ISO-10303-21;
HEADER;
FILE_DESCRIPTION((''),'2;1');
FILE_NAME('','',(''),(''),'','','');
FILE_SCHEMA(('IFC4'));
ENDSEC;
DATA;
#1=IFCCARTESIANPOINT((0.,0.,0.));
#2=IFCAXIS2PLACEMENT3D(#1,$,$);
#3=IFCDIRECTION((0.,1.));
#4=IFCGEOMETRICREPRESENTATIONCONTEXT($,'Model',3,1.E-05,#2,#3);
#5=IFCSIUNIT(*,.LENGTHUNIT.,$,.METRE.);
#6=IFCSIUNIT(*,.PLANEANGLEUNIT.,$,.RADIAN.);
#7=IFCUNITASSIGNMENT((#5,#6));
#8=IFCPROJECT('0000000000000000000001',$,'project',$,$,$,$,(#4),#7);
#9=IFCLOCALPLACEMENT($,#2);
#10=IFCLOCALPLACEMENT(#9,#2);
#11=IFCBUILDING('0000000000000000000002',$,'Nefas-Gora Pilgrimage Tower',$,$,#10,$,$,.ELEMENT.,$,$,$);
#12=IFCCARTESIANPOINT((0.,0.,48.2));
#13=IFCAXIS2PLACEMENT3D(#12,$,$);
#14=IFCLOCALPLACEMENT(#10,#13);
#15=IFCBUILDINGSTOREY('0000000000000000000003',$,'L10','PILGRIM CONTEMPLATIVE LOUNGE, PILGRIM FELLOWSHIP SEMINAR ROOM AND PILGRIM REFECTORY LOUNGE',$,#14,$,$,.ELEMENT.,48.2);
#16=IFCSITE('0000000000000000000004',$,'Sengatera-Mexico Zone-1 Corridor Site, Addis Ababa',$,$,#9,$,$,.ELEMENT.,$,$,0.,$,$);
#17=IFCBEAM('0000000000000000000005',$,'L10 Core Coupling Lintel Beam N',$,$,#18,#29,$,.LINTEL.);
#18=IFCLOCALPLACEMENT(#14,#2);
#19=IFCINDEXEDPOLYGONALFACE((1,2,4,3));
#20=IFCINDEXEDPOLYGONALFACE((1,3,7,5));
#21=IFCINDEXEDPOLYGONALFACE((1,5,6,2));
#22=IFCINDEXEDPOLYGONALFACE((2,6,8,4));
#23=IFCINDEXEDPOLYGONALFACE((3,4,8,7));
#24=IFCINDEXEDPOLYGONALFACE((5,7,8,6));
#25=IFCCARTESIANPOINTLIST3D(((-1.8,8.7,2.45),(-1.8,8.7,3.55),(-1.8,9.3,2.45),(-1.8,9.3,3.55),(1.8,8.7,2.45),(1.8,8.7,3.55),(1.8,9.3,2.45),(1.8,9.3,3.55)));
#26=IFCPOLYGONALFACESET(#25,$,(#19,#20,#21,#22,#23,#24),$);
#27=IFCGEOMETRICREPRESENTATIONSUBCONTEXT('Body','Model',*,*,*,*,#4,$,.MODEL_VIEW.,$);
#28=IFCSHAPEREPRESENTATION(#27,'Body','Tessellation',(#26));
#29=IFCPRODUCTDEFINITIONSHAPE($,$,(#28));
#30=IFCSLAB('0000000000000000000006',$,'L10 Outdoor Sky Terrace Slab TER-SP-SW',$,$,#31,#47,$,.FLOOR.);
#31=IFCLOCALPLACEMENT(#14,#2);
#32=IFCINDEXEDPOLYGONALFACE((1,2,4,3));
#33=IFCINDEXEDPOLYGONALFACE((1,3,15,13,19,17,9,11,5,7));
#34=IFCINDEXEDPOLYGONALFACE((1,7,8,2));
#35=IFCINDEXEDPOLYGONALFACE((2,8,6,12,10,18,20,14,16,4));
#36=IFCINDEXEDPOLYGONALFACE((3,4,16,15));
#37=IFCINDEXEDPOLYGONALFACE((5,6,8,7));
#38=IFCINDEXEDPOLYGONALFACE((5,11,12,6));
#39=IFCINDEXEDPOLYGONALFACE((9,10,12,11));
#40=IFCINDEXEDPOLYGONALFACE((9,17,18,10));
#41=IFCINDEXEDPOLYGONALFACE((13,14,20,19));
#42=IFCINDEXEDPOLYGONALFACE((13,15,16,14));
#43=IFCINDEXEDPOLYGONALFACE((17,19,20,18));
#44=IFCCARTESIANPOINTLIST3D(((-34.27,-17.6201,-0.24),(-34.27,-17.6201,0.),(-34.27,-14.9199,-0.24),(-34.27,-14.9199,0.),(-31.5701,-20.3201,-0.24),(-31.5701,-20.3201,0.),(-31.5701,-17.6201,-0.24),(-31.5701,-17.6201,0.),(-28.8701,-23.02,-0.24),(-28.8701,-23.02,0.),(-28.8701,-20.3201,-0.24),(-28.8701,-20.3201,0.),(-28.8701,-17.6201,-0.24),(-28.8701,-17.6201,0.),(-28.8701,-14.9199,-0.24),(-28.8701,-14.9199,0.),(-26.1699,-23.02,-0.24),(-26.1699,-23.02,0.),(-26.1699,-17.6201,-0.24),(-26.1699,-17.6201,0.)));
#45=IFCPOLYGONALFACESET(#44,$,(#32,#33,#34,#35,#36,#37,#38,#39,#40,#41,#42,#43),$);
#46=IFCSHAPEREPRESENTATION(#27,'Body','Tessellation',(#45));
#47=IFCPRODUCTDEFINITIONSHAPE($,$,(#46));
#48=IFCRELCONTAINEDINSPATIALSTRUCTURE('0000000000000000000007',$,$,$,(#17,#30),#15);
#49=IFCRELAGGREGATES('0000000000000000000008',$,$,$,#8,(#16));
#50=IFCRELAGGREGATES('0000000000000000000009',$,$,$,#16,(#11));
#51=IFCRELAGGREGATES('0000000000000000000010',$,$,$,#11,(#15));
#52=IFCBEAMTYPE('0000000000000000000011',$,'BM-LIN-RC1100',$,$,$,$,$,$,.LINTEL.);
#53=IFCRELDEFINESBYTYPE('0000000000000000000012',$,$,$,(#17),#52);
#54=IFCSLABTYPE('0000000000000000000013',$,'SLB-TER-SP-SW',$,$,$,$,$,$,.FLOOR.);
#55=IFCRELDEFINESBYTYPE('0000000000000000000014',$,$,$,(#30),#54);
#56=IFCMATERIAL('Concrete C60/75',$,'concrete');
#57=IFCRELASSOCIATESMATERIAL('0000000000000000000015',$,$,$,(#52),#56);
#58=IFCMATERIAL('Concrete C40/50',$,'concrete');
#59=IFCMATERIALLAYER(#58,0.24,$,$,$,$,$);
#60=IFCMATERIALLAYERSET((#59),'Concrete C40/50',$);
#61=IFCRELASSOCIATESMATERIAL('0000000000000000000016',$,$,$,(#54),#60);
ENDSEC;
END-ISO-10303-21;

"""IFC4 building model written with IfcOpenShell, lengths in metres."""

from ifc_helpers import new_model, si_unit, direction, frame, origin, origin_2d, place, context, subcontext, project, spatial, polyline, rectangle, outline, extrude, source, transform, mapped, material, layer, layer_set, material_profile, profile_set, type_object, element, save


model = new_model("IFC4")

# Units and contexts
model_context = context("Model", 3, precision=1e-05, world=origin(), true_north=direction((0.0, 1.0)))
body_context = subcontext(model_context, "Body", "Model", "MODEL_VIEW")
ifc_project = project(units=[si_unit("LENGTHUNIT", "METRE"), si_unit("PLANEANGLEUNIT", "RADIAN")], contexts=[model_context])

# Site, building, storey
site_placement = place(None, origin())
site = spatial("IfcSite", under=ifc_project, at=site_placement, Name="Sengatera-Mexico Zone-1 Corridor Site, Addis Ababa", CompositionType="ELEMENT", RefElevation=0.0)
building_placement = place(site_placement, origin())
building = spatial("IfcBuilding", under=site, at=building_placement, Name="Nefas-Gora Pilgrimage Tower", CompositionType="ELEMENT")
storey_placement = place(building_placement, frame((0.0, 0.0, 48.2)))
storey = spatial("IfcBuildingStorey", under=building, at=storey_placement, Name="L10", Description="PILGRIM CONTEMPLATIVE LOUNGE, PILGRIM FELLOWSHIP SEMINAR ROOM AND PILGRIM REFECTORY LOUNGE", CompositionType="ELEMENT", Elevation=48.2)

# Beam
ifc_material_1 = material(Name="Concrete C60/75", Category="concrete")
ifc_material_profile = material_profile(ifc_material_1, rectangle(XDim=0.6001, YDim=1.1001, at=origin_2d()), Name="RC 600x1100")
ifc_profile_set = profile_set([ifc_material_profile], Name="Concrete C60/75")
beam_type = type_object("IfcBeamType", Name="BM-LIN-RC1100", PredefinedType="LINTEL", material=ifc_profile_set)
shared_shape_1 = source(origin(), body_context, "Body", "SweptSolid", [
    extrude(rectangle(XDim=0.6001, YDim=1.1001, at=origin_2d()), origin(), (0.0, 0.0, 1.0), 3.6001),
])
beam_placement = place(storey_placement, frame((-1.8, 9.0, 3.0), z_axis=(1.0, 0.0, 0.0), x_axis=(0.0, 1.0, 0.0)))
element("IfcBeam", 1, at=beam_placement, inside=storey, type_object=beam_type, Name="L10 Core Coupling Lintel Beam N", PredefinedType="LINTEL", context=body_context, shape_type="MappedRepresentation", body=[
    mapped(shared_shape_1, transform((0.0, 0.0, 0.0), x_axis=(1.0, 0.0, 0.0), y_axis=(0.0, 1.0, 0.0), z_axis=(0.0, 0.0, 1.0), scale=1.0)),
])

# Slab
ifc_material_2 = material(Name="Concrete C40/50", Category="concrete")
ifc_layer_1 = layer(ifc_material_2, 0.24)
ifc_layer_set_1 = layer_set([ifc_layer_1], Name="Concrete C40/50")
slab_type_1 = type_object("IfcSlabType", Name="SLB-TER-SP-SW", PredefinedType="FLOOR", material=ifc_layer_set_1)
slab_1_placement = place(storey_placement, frame((0.0, 0.0, -0.24)))
element("IfcSlab", 2, at=slab_1_placement, inside=storey, type_object=slab_type_1, Name="L10 Outdoor Sky Terrace Slab TER-SP-SW", PredefinedType="FLOOR", context=body_context, shape_type="SweptSolid", body=[
    extrude(outline(polyline([(-26.1699, -23.02), (-26.1699, -17.6201), (-28.8701, -17.6201), (-28.8701, -14.9199), (-34.27, -14.9199), (-34.27, -17.6201), (-31.5701, -17.6201), (-31.5701, -20.3201), (-28.8701, -20.3201), (-28.8701, -23.02), (-26.1699, -23.02)])), origin(), (0.0, 0.0, 1.0), 0.24),
])

save(model, "model.ifc")
